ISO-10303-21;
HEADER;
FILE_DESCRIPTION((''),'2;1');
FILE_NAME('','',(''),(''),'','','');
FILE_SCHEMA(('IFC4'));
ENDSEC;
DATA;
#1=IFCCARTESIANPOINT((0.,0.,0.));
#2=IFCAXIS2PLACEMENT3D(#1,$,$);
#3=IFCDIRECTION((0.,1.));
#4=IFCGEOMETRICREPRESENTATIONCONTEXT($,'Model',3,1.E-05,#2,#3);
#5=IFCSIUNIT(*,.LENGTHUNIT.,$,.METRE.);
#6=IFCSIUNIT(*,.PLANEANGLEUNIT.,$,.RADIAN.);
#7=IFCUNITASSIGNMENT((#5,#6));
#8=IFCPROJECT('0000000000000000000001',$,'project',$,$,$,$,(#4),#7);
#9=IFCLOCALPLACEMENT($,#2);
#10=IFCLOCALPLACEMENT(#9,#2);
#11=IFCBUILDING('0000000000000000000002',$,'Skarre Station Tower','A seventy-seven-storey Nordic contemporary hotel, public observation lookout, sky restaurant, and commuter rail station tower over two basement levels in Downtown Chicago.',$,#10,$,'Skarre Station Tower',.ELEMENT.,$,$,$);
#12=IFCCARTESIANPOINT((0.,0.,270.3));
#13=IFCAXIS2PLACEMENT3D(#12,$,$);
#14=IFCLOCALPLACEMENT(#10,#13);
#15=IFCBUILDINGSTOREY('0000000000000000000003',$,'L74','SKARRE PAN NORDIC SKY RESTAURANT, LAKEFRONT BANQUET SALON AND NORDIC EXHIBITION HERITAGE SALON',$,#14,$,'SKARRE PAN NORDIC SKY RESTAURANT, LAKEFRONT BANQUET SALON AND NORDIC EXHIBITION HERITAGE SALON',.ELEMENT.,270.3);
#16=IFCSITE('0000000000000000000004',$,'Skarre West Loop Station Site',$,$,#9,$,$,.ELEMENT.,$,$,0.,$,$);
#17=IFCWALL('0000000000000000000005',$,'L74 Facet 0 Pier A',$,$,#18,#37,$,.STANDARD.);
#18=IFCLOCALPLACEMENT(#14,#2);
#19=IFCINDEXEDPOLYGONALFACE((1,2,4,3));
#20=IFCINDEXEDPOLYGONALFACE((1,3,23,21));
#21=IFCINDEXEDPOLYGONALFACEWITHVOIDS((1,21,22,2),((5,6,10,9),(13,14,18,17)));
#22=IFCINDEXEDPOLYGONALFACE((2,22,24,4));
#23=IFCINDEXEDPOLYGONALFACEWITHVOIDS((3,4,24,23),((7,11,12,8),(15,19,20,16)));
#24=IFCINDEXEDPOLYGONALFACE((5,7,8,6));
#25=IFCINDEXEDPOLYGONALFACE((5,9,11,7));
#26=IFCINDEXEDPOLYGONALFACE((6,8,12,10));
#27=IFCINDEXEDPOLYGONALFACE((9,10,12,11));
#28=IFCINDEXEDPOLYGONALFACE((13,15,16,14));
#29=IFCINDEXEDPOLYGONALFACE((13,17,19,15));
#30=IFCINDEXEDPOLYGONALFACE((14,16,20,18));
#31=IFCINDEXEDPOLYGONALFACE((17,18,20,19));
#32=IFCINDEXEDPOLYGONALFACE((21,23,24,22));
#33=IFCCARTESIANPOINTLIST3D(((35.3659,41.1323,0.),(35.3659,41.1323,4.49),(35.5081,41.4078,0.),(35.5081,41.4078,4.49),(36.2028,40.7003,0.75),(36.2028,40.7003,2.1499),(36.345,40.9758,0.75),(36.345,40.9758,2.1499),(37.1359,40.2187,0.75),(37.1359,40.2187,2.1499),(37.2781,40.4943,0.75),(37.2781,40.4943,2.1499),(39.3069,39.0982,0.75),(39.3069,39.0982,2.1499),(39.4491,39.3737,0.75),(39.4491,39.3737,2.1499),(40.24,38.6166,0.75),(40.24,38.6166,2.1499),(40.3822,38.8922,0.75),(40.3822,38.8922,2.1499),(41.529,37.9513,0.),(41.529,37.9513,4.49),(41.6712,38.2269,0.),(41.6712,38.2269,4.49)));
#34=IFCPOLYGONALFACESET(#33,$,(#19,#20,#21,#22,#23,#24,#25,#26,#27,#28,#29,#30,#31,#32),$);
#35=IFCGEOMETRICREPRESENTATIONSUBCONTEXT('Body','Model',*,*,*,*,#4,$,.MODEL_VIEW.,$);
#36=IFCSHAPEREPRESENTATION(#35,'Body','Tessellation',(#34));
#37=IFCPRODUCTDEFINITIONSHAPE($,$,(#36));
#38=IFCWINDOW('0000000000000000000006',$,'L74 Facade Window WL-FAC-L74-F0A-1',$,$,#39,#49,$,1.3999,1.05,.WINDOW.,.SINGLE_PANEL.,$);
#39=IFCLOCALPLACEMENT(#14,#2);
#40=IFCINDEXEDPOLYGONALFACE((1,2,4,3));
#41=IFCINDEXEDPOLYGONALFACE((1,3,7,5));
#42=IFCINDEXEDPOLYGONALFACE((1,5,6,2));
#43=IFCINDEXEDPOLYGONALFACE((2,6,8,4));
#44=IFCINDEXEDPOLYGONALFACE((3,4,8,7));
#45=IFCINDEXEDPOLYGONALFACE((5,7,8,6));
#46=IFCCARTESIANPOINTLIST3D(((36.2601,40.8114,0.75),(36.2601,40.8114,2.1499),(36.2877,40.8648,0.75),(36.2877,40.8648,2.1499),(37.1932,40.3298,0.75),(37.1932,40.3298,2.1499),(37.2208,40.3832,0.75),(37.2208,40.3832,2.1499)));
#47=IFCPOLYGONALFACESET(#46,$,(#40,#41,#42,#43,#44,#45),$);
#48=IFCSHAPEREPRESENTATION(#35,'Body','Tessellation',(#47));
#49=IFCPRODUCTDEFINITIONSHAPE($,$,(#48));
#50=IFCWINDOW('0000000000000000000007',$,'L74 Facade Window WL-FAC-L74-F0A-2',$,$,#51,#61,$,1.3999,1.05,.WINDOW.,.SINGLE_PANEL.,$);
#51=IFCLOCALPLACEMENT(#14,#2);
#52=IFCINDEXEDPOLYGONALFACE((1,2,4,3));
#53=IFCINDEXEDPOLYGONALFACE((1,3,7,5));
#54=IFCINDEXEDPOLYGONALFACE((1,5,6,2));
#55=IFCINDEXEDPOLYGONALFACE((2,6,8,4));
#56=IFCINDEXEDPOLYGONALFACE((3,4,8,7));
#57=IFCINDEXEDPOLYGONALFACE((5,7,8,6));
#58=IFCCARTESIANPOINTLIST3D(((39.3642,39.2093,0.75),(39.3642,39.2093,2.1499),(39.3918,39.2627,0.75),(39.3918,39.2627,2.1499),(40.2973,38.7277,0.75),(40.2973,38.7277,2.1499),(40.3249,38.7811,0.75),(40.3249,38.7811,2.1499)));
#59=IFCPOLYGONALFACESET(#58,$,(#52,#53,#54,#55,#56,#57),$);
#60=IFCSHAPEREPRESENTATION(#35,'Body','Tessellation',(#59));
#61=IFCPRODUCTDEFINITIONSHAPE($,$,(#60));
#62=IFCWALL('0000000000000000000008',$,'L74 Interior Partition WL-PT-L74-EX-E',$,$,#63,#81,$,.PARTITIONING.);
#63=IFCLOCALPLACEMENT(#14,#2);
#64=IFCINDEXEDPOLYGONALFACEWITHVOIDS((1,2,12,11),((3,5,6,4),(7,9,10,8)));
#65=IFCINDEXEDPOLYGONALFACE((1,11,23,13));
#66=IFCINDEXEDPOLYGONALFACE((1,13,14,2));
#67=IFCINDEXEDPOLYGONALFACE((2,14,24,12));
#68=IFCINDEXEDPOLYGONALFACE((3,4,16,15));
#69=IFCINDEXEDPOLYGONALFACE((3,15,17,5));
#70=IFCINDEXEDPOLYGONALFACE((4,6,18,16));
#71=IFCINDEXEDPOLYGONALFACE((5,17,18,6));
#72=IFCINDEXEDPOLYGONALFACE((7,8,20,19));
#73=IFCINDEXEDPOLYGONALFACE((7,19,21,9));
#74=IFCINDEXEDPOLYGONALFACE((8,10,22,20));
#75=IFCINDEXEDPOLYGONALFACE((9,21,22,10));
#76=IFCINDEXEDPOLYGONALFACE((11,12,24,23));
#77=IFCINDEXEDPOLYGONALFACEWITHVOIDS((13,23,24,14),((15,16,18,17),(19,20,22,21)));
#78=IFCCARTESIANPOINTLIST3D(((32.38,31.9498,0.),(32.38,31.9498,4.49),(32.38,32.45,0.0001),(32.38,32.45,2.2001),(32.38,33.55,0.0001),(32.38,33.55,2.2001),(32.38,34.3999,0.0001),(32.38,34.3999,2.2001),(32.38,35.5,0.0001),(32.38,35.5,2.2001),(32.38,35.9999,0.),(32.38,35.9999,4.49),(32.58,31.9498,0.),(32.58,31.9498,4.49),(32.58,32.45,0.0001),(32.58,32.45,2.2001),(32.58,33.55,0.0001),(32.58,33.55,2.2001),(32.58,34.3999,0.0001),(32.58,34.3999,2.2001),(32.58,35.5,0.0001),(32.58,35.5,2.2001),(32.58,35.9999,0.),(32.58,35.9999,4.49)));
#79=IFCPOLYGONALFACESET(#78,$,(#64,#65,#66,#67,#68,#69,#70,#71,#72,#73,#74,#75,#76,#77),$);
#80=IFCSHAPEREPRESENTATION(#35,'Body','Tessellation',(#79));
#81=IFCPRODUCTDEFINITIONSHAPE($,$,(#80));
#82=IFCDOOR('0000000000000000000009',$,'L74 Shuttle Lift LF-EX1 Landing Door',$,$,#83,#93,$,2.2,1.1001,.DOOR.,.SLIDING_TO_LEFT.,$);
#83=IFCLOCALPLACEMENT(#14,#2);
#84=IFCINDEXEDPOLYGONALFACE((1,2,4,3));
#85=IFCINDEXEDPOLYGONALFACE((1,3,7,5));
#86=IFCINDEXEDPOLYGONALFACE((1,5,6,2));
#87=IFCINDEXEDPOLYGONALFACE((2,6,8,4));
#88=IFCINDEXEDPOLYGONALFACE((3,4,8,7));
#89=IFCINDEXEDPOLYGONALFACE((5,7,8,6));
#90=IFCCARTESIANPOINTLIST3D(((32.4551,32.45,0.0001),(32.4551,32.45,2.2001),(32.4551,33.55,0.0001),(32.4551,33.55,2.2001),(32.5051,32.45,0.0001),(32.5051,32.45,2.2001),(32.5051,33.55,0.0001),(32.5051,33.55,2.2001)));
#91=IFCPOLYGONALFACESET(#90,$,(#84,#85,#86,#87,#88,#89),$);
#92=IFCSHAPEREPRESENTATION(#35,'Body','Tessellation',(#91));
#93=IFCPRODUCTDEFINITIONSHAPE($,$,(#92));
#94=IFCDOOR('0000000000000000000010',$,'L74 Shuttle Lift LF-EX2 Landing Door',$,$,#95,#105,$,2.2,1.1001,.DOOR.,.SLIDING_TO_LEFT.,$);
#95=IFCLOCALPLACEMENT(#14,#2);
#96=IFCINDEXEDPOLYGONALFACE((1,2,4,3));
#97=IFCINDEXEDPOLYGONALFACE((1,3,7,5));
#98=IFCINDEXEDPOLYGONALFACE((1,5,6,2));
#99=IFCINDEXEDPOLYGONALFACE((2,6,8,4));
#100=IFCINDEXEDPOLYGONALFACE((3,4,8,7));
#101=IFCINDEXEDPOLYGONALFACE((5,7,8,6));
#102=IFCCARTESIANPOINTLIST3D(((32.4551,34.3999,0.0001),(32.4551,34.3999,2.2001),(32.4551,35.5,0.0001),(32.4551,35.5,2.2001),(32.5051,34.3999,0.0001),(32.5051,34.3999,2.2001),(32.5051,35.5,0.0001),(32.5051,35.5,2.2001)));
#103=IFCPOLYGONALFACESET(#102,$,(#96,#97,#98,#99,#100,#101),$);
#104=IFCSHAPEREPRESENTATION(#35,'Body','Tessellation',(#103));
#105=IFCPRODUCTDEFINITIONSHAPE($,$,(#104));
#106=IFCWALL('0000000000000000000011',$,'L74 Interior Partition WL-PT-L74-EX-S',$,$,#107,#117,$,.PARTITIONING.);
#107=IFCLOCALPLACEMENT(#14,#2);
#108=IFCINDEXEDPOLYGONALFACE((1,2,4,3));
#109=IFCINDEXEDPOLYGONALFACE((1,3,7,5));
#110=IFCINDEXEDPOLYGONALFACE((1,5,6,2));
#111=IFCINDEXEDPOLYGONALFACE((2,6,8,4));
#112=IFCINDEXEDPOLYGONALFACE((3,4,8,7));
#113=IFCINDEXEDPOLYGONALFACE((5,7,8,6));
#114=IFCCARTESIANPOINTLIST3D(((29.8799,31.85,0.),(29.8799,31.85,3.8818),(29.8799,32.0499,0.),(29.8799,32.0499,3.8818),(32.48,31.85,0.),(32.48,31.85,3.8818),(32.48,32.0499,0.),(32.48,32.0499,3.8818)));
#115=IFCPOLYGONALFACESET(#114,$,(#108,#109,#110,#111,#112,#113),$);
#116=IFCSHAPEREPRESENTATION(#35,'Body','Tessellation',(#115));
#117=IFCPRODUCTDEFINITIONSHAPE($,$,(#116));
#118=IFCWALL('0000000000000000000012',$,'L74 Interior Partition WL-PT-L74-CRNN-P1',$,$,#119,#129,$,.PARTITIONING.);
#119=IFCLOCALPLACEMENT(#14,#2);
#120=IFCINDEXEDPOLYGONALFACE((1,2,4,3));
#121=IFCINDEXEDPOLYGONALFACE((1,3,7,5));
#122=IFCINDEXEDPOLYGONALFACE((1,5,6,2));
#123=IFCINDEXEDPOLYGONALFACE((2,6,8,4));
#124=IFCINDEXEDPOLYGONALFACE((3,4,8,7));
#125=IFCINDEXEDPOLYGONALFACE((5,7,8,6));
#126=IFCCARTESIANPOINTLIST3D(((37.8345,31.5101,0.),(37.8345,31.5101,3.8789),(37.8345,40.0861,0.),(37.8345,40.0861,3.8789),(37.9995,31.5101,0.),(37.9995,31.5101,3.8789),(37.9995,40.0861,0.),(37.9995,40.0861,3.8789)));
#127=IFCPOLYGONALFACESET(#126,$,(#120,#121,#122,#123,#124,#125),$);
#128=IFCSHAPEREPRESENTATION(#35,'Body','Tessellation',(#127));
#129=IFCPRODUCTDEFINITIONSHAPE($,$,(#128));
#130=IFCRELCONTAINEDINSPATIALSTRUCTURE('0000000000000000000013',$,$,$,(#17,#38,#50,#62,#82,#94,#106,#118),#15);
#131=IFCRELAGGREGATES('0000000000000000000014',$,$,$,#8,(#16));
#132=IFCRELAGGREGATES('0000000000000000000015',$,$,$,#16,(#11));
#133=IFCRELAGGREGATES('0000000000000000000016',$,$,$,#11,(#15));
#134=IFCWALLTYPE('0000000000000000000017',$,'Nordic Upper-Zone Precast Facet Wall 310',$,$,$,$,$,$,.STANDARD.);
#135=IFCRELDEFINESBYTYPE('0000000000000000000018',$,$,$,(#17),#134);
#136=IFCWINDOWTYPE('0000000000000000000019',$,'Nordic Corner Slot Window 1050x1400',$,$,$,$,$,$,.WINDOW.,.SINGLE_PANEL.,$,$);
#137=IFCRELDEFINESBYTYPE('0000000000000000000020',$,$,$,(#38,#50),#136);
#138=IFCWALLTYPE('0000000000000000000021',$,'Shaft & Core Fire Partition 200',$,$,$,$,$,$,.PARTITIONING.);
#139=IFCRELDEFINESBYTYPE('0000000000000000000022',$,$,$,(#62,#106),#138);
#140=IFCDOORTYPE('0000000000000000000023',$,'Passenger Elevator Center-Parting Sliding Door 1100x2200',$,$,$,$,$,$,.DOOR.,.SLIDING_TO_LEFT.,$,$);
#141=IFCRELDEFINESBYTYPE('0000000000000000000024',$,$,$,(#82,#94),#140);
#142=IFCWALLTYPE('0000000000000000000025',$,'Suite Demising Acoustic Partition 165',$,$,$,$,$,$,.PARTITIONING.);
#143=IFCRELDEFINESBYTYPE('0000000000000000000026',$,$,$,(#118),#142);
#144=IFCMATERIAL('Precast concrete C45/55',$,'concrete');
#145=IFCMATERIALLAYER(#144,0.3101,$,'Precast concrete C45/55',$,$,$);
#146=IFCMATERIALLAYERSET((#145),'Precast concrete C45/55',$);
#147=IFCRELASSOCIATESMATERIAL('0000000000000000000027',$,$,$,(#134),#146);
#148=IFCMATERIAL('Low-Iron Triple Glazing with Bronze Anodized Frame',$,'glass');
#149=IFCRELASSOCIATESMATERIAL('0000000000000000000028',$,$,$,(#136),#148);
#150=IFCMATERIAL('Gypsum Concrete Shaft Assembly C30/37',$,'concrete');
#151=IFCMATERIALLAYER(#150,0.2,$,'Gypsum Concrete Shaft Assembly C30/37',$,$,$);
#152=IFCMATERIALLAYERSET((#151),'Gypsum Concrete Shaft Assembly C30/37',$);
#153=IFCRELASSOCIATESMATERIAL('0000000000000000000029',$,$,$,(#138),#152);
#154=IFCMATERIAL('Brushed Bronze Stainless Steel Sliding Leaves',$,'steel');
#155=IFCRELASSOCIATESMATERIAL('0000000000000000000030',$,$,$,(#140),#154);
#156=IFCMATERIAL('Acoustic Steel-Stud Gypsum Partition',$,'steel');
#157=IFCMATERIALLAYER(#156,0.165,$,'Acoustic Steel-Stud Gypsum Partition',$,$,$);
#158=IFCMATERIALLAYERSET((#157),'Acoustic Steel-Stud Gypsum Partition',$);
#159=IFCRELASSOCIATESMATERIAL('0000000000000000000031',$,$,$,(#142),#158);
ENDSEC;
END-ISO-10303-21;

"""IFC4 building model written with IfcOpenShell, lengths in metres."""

from ifc_helpers import new_model, si_unit, direction, frame, frame_2d, origin, place, context, subcontext, project, spatial, rectangle, extrude, material, layer, layer_set, type_object, element, fill, save


model = new_model("IFC4")

# Units and contexts
model_context = context("Model", 3, precision=1e-05, world=origin(), true_north=direction((0.0, 1.0)))
body_context = subcontext(model_context, "Body", "Model", "MODEL_VIEW")
ifc_project = project(units=[si_unit("LENGTHUNIT", "METRE"), si_unit("PLANEANGLEUNIT", "RADIAN")], contexts=[model_context])

# Site, building, storey
site_placement = place(None, origin())
site = spatial("IfcSite", under=ifc_project, at=site_placement, Name="Skarre West Loop Station Site", CompositionType="ELEMENT", RefElevation=0.0)
building_placement = place(site_placement, origin())
building = spatial("IfcBuilding", under=site, at=building_placement, Name="Skarre Station Tower", Description="A seventy-seven-storey Nordic contemporary hotel, public observation lookout, sky restaurant, and commuter rail station tower over two basement levels in Downtown Chicago.", LongName="Skarre Station Tower", CompositionType="ELEMENT")
storey_placement = place(building_placement, frame((0.0, 0.0, 270.3)))
storey = spatial("IfcBuildingStorey", under=building, at=storey_placement, Name="L74", Description="SKARRE PAN NORDIC SKY RESTAURANT, LAKEFRONT BANQUET SALON AND NORDIC EXHIBITION HERITAGE SALON", LongName="SKARRE PAN NORDIC SKY RESTAURANT, LAKEFRONT BANQUET SALON AND NORDIC EXHIBITION HERITAGE SALON", CompositionType="ELEMENT", Elevation=270.3)

# Shared definitions
ifc_material_1 = material(Name="Acoustic Steel-Stud Gypsum Partition", Category="steel")

# Shared definitions
ifc_material_2 = material(Name="Precast concrete C45/55", Category="concrete")

# Wall, openings, windows
ifc_layer_1 = layer(ifc_material_2, 0.3101, Name="Precast concrete C45/55")
ifc_layer_set_1 = layer_set([ifc_layer_1], Name="Precast concrete C45/55")
wall_type_1 = type_object("IfcWallType", Name="Nordic Upper-Zone Precast Facet Wall 310", PredefinedType="STANDARD", material=ifc_layer_set_1)
wall_1_placement = place(storey_placement, frame((35.437, 41.27, 0.0), z_axis=(0.0, 0.0, 1.0), x_axis=(0.888623, -0.458638, 0.0)))
wall_1 = element("IfcWall", 1, at=wall_1_placement, inside=storey, type_object=wall_type_1, Name="L74 Facet 0 Pier A", PredefinedType="STANDARD", context=body_context, shape_type="SweptSolid", body=[
    extrude(rectangle(XDim=6.9355, YDim=0.3101, at=frame_2d((3.4678, 0.0))), origin(), (0.0, 0.0, 1.0), 4.49),
])
opening_1_placement = place(wall_1_placement, frame((0.9419, 0.0, 0.75)))
opening_1 = element("IfcOpeningElement", 2, at=opening_1_placement, cuts=wall_1, PredefinedType="OPENING", context=body_context, shape_type="SweptSolid", body=[
    extrude(rectangle(XDim=1.05, YDim=1.3999, at=frame_2d((0.5249, 0.7))), frame((0.0, 0.165, 0.0), z_axis=(0.0, -1.0, 0.0), x_axis=(1.0, 0.0, 0.0)), (0.0, 0.0, 1.0), 0.3301),
])
opening_2_placement = place(wall_1_placement, frame((4.4351, 0.0, 0.75)))
opening_2 = element("IfcOpeningElement", 3, at=opening_2_placement, cuts=wall_1, PredefinedType="OPENING", context=body_context, shape_type="SweptSolid", body=[
    extrude(rectangle(XDim=1.05, YDim=1.3999, at=frame_2d((0.5249, 0.7))), frame((0.0, 0.165, 0.0), z_axis=(0.0, -1.0, 0.0), x_axis=(1.0, 0.0, 0.0)), (0.0, 0.0, 1.0), 0.3301),
])
ifc_material_3 = material(Name="Low-Iron Triple Glazing with Bronze Anodized Frame", Category="glass")
window_type = type_object("IfcWindowType", Name="Nordic Corner Slot Window 1050x1400", PartitioningType="SINGLE_PANEL", PredefinedType="WINDOW", material=ifc_material_3)
window_1_placement = place(opening_1_placement, origin())
window_1 = element("IfcWindow", 4, at=window_1_placement, inside=storey, type_object=window_type, Name="L74 Facade Window WL-FAC-L74-F0A-1", OverallHeight=1.3999, OverallWidth=1.05, PartitioningType="SINGLE_PANEL", PredefinedType="WINDOW", context=body_context, shape_type="SweptSolid", body=[
    extrude(rectangle(XDim=1.05, YDim=1.3999, at=frame_2d((0.5249, 0.7))), frame((0.0, 0.03, 0.0), z_axis=(0.0, -1.0, 0.0), x_axis=(1.0, 0.0, 0.0)), (0.0, 0.0, 1.0), 0.0601),
])
fill(opening_1, window_1)
window_2_placement = place(opening_2_placement, origin())
window_2 = element("IfcWindow", 5, at=window_2_placement, inside=storey, type_object=window_type, Name="L74 Facade Window WL-FAC-L74-F0A-2", OverallHeight=1.3999, OverallWidth=1.05, PartitioningType="SINGLE_PANEL", PredefinedType="WINDOW", context=body_context, shape_type="SweptSolid", body=[
    extrude(rectangle(XDim=1.05, YDim=1.3999, at=frame_2d((0.5249, 0.7))), frame((0.0, 0.03, 0.0), z_axis=(0.0, -1.0, 0.0), x_axis=(1.0, 0.0, 0.0)), (0.0, 0.0, 1.0), 0.0601),
])
fill(opening_2, window_2)

# Wall, openings, doors
ifc_material_4 = material(Name="Gypsum Concrete Shaft Assembly C30/37", Category="concrete")
ifc_layer_2 = layer(ifc_material_4, 0.2, Name="Gypsum Concrete Shaft Assembly C30/37")
ifc_layer_set_2 = layer_set([ifc_layer_2], Name="Gypsum Concrete Shaft Assembly C30/37")
wall_type_2 = type_object("IfcWallType", Name="Shaft & Core Fire Partition 200", PredefinedType="PARTITIONING", material=ifc_layer_set_2)
wall_2_placement = place(storey_placement, frame((32.48, 31.95, 0.0), z_axis=(0.0, 0.0, 1.0), x_axis=(0.0, 1.0, 0.0)))
wall_2 = element("IfcWall", 6, at=wall_2_placement, inside=storey, type_object=wall_type_2, Name="L74 Interior Partition WL-PT-L74-EX-E", PredefinedType="PARTITIONING", context=body_context, shape_type="SweptSolid", body=[
    extrude(rectangle(XDim=4.05, YDim=0.2, at=frame_2d((2.0249, 0.0))), origin(), (0.0, 0.0, 1.0), 4.49),
])
opening_3_placement = place(wall_2_placement, frame((0.5, 0.0, 0.0)))
opening_3 = element("IfcOpeningElement", 7, at=opening_3_placement, cuts=wall_2, PredefinedType="OPENING", context=body_context, shape_type="SweptSolid", body=[
    extrude(rectangle(XDim=1.1001, YDim=2.2, at=frame_2d((0.55, 1.1001))), frame((0.0, 0.1099, 0.0), z_axis=(0.0, -1.0, 0.0), x_axis=(1.0, 0.0, 0.0)), (0.0, 0.0, 1.0), 0.22),
])
opening_4_placement = place(wall_2_placement, frame((2.45, 0.0, 0.0)))
opening_4 = element("IfcOpeningElement", 8, at=opening_4_placement, cuts=wall_2, PredefinedType="OPENING", context=body_context, shape_type="SweptSolid", body=[
    extrude(rectangle(XDim=1.1001, YDim=2.2, at=frame_2d((0.55, 1.1001))), frame((0.0, 0.1099, 0.0), z_axis=(0.0, -1.0, 0.0), x_axis=(1.0, 0.0, 0.0)), (0.0, 0.0, 1.0), 0.22),
])
ifc_material_5 = material(Name="Brushed Bronze Stainless Steel Sliding Leaves", Category="steel")
door_type_1 = type_object("IfcDoorType", Name="Passenger Elevator Center-Parting Sliding Door 1100x2200", OperationType="SLIDING_TO_LEFT", PredefinedType="DOOR", material=ifc_material_5)
door_1_placement = place(opening_3_placement, origin())
door_1 = element("IfcDoor", 9, at=door_1_placement, inside=storey, type_object=door_type_1, Name="L74 Shuttle Lift LF-EX1 Landing Door", OperationType="SLIDING_TO_LEFT", OverallHeight=2.2, OverallWidth=1.1001, PredefinedType="DOOR", context=body_context, shape_type="SweptSolid", body=[
    extrude(rectangle(XDim=1.1001, YDim=2.2, at=frame_2d((0.55, 1.1001))), frame((0.0, 0.0249, 0.0), z_axis=(0.0, -1.0, 0.0), x_axis=(1.0, 0.0, 0.0)), (0.0, 0.0, 1.0), 0.05),
])
fill(opening_3, door_1)
door_2_placement = place(opening_4_placement, origin())
door_2 = element("IfcDoor", 10, at=door_2_placement, inside=storey, type_object=door_type_1, Name="L74 Shuttle Lift LF-EX2 Landing Door", OperationType="SLIDING_TO_LEFT", OverallHeight=2.2, OverallWidth=1.1001, PredefinedType="DOOR", context=body_context, shape_type="SweptSolid", body=[
    extrude(rectangle(XDim=1.1001, YDim=2.2, at=frame_2d((0.55, 1.1001))), frame((0.0, 0.0249, 0.0), z_axis=(0.0, -1.0, 0.0), x_axis=(1.0, 0.0, 0.0)), (0.0, 0.0, 1.0), 0.05),
])
fill(opening_4, door_2)

# Walls
wall_3_placement = place(storey_placement, frame((32.48, 31.95, 0.0), z_axis=(0.0, 0.0, 1.0), x_axis=(-1.0, 0.0, 0.0)))
element("IfcWall", 11, at=wall_3_placement, inside=storey, type_object=wall_type_2, Name="L74 Interior Partition WL-PT-L74-EX-S", PredefinedType="PARTITIONING", context=body_context, shape_type="SweptSolid", body=[
    extrude(rectangle(XDim=2.6001, YDim=0.2, at=frame_2d((1.3, 0.0))), origin(), (0.0, 0.0, 1.0), 3.8818),
])
ifc_layer_3 = layer(ifc_material_1, 0.165, Name="Acoustic Steel-Stud Gypsum Partition")
ifc_layer_set_3 = layer_set([ifc_layer_3], Name="Acoustic Steel-Stud Gypsum Partition")
wall_type_3 = type_object("IfcWallType", Name="Suite Demising Acoustic Partition 165", PredefinedType="PARTITIONING", material=ifc_layer_set_3)
wall_4_placement = place(storey_placement, frame((37.917, 31.51, 0.0), z_axis=(0.0, 0.0, 1.0), x_axis=(0.0, 1.0, 0.0)))
element("IfcWall", 12, at=wall_4_placement, inside=storey, type_object=wall_type_3, Name="L74 Interior Partition WL-PT-L74-CRNN-P1", PredefinedType="PARTITIONING", context=body_context, shape_type="SweptSolid", body=[
    extrude(rectangle(XDim=8.5759, YDim=0.165, at=frame_2d((4.2881, 0.0))), origin(), (0.0, 0.0, 1.0), 3.8789),
])

save(model, "model.ifc")
